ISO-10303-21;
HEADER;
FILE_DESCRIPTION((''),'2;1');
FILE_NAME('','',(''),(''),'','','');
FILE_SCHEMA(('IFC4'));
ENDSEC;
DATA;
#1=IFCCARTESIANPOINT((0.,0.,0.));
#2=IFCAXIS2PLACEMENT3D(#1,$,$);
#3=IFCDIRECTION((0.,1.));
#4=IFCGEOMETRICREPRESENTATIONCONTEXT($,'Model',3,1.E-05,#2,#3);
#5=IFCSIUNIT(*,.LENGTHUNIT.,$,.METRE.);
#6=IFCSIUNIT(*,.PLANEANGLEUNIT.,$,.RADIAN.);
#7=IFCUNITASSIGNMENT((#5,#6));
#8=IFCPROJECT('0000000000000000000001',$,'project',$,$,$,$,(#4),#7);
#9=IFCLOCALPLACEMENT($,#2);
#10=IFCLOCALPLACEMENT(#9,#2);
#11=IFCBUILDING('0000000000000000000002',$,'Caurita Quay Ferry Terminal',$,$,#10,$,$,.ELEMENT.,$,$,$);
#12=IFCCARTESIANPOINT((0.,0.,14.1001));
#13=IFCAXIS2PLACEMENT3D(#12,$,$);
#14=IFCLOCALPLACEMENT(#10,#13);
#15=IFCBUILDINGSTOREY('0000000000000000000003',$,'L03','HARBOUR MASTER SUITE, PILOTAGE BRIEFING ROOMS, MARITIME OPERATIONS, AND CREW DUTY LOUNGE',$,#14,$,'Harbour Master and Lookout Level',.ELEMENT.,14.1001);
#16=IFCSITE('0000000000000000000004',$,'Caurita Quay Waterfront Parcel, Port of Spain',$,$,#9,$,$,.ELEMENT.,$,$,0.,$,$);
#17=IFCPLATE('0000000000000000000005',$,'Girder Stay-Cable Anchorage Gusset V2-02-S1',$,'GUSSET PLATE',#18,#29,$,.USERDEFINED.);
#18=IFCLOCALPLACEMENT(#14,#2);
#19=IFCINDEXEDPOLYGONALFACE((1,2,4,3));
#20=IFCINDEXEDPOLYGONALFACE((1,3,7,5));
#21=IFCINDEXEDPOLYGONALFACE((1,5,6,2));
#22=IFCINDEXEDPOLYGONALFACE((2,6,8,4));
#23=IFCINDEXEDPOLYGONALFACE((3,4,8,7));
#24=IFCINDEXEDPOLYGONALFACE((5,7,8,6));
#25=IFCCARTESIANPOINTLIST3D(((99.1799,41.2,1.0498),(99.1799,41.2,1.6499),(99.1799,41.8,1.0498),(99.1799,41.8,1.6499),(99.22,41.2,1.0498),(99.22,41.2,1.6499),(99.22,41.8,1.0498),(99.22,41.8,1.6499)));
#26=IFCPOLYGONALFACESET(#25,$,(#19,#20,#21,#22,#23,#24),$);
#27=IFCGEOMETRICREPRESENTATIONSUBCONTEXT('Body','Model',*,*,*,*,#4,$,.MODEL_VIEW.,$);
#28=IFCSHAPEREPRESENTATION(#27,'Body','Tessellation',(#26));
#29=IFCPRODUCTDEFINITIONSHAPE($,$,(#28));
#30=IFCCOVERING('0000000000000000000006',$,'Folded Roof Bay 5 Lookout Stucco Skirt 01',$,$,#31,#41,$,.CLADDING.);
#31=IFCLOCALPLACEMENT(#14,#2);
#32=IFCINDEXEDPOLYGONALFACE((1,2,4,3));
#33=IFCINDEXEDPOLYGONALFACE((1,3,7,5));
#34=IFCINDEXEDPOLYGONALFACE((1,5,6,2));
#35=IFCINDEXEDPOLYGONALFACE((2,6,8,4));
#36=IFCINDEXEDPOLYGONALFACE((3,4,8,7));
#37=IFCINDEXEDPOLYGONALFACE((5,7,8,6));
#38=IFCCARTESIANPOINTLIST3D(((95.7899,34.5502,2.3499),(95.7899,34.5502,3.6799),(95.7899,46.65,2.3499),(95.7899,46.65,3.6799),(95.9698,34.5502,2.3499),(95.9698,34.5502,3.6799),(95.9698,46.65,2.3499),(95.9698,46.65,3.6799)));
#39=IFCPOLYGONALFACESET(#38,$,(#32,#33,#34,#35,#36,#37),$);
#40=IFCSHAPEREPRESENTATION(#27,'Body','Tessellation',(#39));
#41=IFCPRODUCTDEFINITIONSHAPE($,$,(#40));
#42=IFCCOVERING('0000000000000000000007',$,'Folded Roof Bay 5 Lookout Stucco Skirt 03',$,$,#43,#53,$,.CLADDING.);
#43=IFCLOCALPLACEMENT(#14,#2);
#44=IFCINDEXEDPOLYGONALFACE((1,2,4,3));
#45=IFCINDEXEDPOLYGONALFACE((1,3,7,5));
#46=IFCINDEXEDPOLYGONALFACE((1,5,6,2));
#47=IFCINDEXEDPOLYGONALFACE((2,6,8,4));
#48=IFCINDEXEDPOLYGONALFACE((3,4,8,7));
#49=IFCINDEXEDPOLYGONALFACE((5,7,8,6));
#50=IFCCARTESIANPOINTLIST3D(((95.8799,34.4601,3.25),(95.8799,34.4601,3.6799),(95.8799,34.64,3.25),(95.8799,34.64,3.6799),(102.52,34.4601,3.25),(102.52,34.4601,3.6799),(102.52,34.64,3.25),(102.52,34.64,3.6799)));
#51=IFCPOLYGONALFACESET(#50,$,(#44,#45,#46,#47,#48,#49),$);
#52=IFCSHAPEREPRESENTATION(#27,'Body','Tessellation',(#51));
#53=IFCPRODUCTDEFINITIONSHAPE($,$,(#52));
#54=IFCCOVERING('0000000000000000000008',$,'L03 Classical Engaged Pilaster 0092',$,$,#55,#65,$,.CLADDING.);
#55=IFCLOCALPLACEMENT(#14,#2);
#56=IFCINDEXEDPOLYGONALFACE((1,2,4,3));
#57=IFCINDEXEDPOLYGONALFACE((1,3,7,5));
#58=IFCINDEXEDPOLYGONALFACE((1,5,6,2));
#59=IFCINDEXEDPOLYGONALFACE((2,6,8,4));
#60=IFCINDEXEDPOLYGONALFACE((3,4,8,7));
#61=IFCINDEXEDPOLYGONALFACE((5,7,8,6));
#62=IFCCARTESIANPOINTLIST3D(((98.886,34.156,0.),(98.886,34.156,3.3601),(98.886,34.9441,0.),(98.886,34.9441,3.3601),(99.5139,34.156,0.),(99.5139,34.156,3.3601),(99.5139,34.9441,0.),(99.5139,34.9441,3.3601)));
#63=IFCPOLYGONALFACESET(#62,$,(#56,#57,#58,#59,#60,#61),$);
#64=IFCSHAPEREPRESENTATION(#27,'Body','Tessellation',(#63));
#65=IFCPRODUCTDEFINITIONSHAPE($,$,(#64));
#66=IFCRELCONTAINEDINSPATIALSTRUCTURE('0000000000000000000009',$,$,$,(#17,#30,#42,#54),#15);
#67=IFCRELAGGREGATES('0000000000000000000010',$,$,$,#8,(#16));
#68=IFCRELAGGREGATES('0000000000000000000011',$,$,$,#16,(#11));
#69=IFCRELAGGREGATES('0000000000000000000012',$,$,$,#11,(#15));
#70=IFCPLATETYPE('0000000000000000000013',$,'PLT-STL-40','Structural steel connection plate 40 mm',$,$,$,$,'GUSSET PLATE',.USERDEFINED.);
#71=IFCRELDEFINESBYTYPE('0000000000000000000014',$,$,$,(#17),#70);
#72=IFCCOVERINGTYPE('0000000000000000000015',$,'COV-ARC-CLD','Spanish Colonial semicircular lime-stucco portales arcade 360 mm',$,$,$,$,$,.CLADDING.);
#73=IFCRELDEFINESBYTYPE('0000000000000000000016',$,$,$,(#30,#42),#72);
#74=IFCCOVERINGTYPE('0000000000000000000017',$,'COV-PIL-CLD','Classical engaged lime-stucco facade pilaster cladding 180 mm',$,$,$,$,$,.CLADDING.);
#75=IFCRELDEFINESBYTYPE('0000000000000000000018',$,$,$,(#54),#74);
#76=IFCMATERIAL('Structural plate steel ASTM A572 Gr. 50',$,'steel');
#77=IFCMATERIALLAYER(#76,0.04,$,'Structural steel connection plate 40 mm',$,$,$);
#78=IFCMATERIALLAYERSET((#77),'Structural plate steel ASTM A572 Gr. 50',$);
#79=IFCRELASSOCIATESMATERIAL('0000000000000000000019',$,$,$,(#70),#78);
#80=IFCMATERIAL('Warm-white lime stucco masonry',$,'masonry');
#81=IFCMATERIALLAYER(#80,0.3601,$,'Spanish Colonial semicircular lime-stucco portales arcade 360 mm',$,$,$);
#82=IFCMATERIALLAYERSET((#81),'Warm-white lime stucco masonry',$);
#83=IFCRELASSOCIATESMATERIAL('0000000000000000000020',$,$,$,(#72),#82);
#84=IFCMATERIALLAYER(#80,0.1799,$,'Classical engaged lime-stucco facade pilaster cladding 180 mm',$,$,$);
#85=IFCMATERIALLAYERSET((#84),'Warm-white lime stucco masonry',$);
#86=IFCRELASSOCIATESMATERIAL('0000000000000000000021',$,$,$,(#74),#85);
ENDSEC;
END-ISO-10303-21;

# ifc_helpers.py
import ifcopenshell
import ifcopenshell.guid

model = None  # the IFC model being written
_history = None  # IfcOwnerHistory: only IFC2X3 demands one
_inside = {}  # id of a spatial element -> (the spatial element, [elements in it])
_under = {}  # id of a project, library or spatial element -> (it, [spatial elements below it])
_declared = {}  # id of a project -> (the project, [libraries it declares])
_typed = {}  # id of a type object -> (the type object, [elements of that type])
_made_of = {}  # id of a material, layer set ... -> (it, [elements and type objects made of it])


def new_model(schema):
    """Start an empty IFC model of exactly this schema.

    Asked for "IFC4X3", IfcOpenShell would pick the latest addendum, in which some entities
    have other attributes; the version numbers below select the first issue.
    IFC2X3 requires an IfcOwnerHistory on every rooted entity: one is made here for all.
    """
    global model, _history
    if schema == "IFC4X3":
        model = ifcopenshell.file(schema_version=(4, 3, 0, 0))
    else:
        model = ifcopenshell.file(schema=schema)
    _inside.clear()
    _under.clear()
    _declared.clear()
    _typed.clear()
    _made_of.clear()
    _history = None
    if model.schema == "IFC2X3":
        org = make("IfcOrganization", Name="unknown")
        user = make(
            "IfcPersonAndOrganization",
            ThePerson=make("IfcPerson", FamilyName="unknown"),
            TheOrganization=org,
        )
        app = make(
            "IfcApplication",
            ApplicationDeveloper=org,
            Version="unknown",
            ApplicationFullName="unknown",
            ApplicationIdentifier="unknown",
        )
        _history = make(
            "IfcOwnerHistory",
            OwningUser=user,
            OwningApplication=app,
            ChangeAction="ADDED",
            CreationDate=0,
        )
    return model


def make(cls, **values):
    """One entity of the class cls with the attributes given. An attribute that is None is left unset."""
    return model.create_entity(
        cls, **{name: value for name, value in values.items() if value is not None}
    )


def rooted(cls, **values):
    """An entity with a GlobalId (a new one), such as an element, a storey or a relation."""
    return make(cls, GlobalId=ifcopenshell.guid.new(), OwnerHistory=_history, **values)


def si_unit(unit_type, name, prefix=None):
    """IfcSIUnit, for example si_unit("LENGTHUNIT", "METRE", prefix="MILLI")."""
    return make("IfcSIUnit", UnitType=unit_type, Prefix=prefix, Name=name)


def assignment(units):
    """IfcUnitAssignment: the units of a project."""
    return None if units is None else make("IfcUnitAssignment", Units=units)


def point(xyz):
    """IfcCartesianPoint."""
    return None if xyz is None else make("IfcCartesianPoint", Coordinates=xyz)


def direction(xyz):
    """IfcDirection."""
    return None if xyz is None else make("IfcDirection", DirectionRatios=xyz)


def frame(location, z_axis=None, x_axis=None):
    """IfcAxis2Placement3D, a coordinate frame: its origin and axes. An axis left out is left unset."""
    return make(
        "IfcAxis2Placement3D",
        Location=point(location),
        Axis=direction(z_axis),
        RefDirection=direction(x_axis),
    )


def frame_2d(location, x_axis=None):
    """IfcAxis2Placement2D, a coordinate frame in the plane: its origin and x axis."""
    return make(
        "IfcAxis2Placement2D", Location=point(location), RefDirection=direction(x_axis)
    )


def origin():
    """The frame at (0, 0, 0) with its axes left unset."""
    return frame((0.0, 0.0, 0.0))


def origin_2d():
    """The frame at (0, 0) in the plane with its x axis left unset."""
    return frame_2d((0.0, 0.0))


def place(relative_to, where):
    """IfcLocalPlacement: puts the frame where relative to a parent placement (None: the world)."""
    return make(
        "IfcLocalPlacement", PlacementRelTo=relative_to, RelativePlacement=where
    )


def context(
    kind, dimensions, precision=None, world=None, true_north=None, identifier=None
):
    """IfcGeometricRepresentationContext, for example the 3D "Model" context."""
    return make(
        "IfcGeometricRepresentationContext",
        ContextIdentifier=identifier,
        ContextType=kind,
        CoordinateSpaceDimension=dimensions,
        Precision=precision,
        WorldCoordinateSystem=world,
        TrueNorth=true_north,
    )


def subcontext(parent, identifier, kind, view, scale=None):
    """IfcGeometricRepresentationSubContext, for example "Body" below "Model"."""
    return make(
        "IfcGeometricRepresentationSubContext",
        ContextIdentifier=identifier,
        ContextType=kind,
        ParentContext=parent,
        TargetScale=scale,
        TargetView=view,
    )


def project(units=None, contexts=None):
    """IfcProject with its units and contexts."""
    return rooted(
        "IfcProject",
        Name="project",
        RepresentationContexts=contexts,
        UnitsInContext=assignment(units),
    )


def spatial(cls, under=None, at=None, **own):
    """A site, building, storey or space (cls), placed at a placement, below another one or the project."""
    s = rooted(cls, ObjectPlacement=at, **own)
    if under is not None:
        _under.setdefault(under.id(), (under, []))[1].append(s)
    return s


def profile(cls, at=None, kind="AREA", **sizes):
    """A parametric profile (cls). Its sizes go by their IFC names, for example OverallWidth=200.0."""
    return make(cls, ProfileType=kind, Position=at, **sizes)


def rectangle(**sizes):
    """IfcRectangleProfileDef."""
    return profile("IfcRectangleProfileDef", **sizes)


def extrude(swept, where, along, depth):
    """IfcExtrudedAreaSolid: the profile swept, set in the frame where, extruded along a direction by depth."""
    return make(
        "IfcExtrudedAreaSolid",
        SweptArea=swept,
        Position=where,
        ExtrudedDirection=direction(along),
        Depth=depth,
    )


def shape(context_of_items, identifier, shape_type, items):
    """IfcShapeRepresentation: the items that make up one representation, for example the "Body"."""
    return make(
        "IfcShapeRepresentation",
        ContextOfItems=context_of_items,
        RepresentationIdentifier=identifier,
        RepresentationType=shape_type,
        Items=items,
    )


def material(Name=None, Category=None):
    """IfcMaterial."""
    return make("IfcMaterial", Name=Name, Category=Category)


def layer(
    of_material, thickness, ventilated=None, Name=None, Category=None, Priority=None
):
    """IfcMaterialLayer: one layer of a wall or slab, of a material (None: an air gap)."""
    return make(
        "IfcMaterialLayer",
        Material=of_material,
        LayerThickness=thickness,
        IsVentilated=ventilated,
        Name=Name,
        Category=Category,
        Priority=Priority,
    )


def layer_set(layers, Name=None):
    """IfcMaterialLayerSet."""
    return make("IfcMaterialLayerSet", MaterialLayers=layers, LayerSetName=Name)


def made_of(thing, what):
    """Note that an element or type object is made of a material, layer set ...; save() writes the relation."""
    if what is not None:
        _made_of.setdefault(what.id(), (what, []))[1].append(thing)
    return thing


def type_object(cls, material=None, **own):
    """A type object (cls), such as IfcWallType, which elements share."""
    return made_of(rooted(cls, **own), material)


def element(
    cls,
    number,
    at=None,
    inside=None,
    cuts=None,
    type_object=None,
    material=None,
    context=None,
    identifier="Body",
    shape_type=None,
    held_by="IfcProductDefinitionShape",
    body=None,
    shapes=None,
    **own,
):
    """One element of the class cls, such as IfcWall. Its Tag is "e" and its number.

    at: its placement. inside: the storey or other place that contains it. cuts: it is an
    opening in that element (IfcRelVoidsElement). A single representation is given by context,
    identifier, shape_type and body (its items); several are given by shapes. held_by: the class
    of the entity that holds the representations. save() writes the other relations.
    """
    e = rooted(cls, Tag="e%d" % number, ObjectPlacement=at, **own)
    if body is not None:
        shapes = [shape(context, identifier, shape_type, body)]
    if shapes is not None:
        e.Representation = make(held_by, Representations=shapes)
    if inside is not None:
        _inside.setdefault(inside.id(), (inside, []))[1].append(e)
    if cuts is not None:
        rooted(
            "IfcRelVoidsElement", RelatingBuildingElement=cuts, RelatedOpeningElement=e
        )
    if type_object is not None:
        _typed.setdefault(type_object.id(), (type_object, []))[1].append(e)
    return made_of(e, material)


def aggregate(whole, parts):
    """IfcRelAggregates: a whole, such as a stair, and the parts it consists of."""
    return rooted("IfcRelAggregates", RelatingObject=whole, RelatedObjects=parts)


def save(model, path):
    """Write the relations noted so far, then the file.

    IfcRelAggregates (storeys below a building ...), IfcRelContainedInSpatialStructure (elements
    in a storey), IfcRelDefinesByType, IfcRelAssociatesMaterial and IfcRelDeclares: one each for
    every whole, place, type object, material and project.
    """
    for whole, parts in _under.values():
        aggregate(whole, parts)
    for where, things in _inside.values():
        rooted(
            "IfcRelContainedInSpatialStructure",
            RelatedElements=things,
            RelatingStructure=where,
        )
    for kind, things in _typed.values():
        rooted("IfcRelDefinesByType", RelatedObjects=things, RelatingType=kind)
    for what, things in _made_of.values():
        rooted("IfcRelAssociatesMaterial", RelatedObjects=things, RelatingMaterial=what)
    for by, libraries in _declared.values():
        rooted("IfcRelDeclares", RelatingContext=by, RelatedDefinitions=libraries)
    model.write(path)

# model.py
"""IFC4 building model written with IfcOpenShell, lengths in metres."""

from ifc_helpers import new_model, si_unit, direction, frame, frame_2d, origin, origin_2d, place, context, subcontext, project, spatial, rectangle, extrude, material, layer, layer_set, type_object, element, save


model = new_model("IFC4")

# Units and contexts
model_context = context("Model", 3, precision=1e-05, world=origin(), true_north=direction((0.0, 1.0)))
body_context = subcontext(model_context, "Body", "Model", "MODEL_VIEW")
ifc_project = project(units=[si_unit("LENGTHUNIT", "METRE"), si_unit("PLANEANGLEUNIT", "RADIAN")], contexts=[model_context])

# Site, building, storey
site_placement = place(None, origin())
site = spatial("IfcSite", under=ifc_project, at=site_placement, Name="Caurita Quay Waterfront Parcel, Port of Spain", CompositionType="ELEMENT", RefElevation=0.0)
building_placement = place(site_placement, origin())
building = spatial("IfcBuilding", under=site, at=building_placement, Name="Caurita Quay Ferry Terminal", CompositionType="ELEMENT")
storey_placement = place(building_placement, frame((0.0, 0.0, 14.1001)))
storey = spatial("IfcBuildingStorey", under=building, at=storey_placement, Name="L03", Description="HARBOUR MASTER SUITE, PILOTAGE BRIEFING ROOMS, MARITIME OPERATIONS, AND CREW DUTY LOUNGE", LongName="Harbour Master and Lookout Level", CompositionType="ELEMENT", Elevation=14.1001)

# Plate
ifc_material_1 = material(Name="Structural plate steel ASTM A572 Gr. 50", Category="steel")
ifc_layer_1 = layer(ifc_material_1, 0.04, Name="Structural steel connection plate 40 mm")
ifc_layer_set_1 = layer_set([ifc_layer_1], Name="Structural plate steel ASTM A572 Gr. 50")
plate_type_1 = type_object("IfcPlateType", Name="PLT-STL-40", Description="Structural steel connection plate 40 mm", ElementType="GUSSET PLATE", PredefinedType="USERDEFINED", material=ifc_layer_set_1)
plate_placement = place(storey_placement, frame((99.2, 41.5, 1.0498), z_axis=(0.0, 0.0, 1.0), x_axis=(1.0, 0.0, 0.0)))
element("IfcPlate", 1, at=plate_placement, inside=storey, type_object=plate_type_1, Name="Girder Stay-Cable Anchorage Gusset V2-02-S1", ObjectType="GUSSET PLATE", PredefinedType="USERDEFINED", context=body_context, shape_type="SweptSolid", body=[
    extrude(rectangle(XDim=0.04, YDim=0.6001, at=origin_2d()), origin(), (0.0, 0.0, 1.0), 0.6001),
])

# Coverings
ifc_material_2 = material(Name="Warm-white lime stucco masonry", Category="masonry")
ifc_layer_2 = layer(ifc_material_2, 0.3601, Name="Spanish Colonial semicircular lime-stucco portales arcade 360 mm")
ifc_layer_set_2 = layer_set([ifc_layer_2], Name="Warm-white lime stucco masonry")
covering_type_1 = type_object("IfcCoveringType", Name="COV-ARC-CLD", Description="Spanish Colonial semicircular lime-stucco portales arcade 360 mm", PredefinedType="CLADDING", material=ifc_layer_set_2)
covering_1_placement = place(storey_placement, frame((95.8799, 46.6499, 2.3499), z_axis=(0.0, 0.0, 1.0), x_axis=(0.0, -1.0, 0.0)))
element("IfcCovering", 2, at=covering_1_placement, inside=storey, type_object=covering_type_1, Name="Folded Roof Bay 5 Lookout Stucco Skirt 01", PredefinedType="CLADDING", context=body_context, shape_type="SweptSolid", body=[
    extrude(rectangle(XDim=12.0999, YDim=0.1799, at=frame_2d((6.0498, 0.0))), origin(), (0.0, 0.0, 1.0), 1.3301),
])
covering_2_placement = place(storey_placement, frame((95.8799, 34.55, 3.25), z_axis=(0.0, 0.0, 1.0), x_axis=(1.0, 0.0, 0.0)))
element("IfcCovering", 3, at=covering_2_placement, inside=storey, type_object=covering_type_1, Name="Folded Roof Bay 5 Lookout Stucco Skirt 03", PredefinedType="CLADDING", context=body_context, shape_type="SweptSolid", body=[
    extrude(rectangle(XDim=6.6401, YDim=0.1799, at=frame_2d((3.3201, 0.0))), origin(), (0.0, 0.0, 1.0), 0.4299),
])
ifc_layer_3 = layer(ifc_material_2, 0.1799, Name="Classical engaged lime-stucco facade pilaster cladding 180 mm")
ifc_layer_set_3 = layer_set([ifc_layer_3], Name="Warm-white lime stucco masonry")
covering_type_2 = type_object("IfcCoveringType", Name="COV-PIL-CLD", Description="Classical engaged lime-stucco facade pilaster cladding 180 mm", PredefinedType="CLADDING", material=ifc_layer_set_3)
covering_3_placement = place(storey_placement, frame((99.2, 34.55, 0.0), z_axis=(0.0, 0.0, 1.0), x_axis=(1.0, 0.0, 0.0)))
element("IfcCovering", 4, at=covering_3_placement, inside=storey, type_object=covering_type_2, Name="L03 Classical Engaged Pilaster 0092", PredefinedType="CLADDING", context=body_context, shape_type="SweptSolid", body=[
    extrude(rectangle(XDim=0.6279, YDim=0.7881, at=origin_2d()), origin(), (0.0, 0.0, 1.0), 3.3601),
])

save(model, "model.ifc")
